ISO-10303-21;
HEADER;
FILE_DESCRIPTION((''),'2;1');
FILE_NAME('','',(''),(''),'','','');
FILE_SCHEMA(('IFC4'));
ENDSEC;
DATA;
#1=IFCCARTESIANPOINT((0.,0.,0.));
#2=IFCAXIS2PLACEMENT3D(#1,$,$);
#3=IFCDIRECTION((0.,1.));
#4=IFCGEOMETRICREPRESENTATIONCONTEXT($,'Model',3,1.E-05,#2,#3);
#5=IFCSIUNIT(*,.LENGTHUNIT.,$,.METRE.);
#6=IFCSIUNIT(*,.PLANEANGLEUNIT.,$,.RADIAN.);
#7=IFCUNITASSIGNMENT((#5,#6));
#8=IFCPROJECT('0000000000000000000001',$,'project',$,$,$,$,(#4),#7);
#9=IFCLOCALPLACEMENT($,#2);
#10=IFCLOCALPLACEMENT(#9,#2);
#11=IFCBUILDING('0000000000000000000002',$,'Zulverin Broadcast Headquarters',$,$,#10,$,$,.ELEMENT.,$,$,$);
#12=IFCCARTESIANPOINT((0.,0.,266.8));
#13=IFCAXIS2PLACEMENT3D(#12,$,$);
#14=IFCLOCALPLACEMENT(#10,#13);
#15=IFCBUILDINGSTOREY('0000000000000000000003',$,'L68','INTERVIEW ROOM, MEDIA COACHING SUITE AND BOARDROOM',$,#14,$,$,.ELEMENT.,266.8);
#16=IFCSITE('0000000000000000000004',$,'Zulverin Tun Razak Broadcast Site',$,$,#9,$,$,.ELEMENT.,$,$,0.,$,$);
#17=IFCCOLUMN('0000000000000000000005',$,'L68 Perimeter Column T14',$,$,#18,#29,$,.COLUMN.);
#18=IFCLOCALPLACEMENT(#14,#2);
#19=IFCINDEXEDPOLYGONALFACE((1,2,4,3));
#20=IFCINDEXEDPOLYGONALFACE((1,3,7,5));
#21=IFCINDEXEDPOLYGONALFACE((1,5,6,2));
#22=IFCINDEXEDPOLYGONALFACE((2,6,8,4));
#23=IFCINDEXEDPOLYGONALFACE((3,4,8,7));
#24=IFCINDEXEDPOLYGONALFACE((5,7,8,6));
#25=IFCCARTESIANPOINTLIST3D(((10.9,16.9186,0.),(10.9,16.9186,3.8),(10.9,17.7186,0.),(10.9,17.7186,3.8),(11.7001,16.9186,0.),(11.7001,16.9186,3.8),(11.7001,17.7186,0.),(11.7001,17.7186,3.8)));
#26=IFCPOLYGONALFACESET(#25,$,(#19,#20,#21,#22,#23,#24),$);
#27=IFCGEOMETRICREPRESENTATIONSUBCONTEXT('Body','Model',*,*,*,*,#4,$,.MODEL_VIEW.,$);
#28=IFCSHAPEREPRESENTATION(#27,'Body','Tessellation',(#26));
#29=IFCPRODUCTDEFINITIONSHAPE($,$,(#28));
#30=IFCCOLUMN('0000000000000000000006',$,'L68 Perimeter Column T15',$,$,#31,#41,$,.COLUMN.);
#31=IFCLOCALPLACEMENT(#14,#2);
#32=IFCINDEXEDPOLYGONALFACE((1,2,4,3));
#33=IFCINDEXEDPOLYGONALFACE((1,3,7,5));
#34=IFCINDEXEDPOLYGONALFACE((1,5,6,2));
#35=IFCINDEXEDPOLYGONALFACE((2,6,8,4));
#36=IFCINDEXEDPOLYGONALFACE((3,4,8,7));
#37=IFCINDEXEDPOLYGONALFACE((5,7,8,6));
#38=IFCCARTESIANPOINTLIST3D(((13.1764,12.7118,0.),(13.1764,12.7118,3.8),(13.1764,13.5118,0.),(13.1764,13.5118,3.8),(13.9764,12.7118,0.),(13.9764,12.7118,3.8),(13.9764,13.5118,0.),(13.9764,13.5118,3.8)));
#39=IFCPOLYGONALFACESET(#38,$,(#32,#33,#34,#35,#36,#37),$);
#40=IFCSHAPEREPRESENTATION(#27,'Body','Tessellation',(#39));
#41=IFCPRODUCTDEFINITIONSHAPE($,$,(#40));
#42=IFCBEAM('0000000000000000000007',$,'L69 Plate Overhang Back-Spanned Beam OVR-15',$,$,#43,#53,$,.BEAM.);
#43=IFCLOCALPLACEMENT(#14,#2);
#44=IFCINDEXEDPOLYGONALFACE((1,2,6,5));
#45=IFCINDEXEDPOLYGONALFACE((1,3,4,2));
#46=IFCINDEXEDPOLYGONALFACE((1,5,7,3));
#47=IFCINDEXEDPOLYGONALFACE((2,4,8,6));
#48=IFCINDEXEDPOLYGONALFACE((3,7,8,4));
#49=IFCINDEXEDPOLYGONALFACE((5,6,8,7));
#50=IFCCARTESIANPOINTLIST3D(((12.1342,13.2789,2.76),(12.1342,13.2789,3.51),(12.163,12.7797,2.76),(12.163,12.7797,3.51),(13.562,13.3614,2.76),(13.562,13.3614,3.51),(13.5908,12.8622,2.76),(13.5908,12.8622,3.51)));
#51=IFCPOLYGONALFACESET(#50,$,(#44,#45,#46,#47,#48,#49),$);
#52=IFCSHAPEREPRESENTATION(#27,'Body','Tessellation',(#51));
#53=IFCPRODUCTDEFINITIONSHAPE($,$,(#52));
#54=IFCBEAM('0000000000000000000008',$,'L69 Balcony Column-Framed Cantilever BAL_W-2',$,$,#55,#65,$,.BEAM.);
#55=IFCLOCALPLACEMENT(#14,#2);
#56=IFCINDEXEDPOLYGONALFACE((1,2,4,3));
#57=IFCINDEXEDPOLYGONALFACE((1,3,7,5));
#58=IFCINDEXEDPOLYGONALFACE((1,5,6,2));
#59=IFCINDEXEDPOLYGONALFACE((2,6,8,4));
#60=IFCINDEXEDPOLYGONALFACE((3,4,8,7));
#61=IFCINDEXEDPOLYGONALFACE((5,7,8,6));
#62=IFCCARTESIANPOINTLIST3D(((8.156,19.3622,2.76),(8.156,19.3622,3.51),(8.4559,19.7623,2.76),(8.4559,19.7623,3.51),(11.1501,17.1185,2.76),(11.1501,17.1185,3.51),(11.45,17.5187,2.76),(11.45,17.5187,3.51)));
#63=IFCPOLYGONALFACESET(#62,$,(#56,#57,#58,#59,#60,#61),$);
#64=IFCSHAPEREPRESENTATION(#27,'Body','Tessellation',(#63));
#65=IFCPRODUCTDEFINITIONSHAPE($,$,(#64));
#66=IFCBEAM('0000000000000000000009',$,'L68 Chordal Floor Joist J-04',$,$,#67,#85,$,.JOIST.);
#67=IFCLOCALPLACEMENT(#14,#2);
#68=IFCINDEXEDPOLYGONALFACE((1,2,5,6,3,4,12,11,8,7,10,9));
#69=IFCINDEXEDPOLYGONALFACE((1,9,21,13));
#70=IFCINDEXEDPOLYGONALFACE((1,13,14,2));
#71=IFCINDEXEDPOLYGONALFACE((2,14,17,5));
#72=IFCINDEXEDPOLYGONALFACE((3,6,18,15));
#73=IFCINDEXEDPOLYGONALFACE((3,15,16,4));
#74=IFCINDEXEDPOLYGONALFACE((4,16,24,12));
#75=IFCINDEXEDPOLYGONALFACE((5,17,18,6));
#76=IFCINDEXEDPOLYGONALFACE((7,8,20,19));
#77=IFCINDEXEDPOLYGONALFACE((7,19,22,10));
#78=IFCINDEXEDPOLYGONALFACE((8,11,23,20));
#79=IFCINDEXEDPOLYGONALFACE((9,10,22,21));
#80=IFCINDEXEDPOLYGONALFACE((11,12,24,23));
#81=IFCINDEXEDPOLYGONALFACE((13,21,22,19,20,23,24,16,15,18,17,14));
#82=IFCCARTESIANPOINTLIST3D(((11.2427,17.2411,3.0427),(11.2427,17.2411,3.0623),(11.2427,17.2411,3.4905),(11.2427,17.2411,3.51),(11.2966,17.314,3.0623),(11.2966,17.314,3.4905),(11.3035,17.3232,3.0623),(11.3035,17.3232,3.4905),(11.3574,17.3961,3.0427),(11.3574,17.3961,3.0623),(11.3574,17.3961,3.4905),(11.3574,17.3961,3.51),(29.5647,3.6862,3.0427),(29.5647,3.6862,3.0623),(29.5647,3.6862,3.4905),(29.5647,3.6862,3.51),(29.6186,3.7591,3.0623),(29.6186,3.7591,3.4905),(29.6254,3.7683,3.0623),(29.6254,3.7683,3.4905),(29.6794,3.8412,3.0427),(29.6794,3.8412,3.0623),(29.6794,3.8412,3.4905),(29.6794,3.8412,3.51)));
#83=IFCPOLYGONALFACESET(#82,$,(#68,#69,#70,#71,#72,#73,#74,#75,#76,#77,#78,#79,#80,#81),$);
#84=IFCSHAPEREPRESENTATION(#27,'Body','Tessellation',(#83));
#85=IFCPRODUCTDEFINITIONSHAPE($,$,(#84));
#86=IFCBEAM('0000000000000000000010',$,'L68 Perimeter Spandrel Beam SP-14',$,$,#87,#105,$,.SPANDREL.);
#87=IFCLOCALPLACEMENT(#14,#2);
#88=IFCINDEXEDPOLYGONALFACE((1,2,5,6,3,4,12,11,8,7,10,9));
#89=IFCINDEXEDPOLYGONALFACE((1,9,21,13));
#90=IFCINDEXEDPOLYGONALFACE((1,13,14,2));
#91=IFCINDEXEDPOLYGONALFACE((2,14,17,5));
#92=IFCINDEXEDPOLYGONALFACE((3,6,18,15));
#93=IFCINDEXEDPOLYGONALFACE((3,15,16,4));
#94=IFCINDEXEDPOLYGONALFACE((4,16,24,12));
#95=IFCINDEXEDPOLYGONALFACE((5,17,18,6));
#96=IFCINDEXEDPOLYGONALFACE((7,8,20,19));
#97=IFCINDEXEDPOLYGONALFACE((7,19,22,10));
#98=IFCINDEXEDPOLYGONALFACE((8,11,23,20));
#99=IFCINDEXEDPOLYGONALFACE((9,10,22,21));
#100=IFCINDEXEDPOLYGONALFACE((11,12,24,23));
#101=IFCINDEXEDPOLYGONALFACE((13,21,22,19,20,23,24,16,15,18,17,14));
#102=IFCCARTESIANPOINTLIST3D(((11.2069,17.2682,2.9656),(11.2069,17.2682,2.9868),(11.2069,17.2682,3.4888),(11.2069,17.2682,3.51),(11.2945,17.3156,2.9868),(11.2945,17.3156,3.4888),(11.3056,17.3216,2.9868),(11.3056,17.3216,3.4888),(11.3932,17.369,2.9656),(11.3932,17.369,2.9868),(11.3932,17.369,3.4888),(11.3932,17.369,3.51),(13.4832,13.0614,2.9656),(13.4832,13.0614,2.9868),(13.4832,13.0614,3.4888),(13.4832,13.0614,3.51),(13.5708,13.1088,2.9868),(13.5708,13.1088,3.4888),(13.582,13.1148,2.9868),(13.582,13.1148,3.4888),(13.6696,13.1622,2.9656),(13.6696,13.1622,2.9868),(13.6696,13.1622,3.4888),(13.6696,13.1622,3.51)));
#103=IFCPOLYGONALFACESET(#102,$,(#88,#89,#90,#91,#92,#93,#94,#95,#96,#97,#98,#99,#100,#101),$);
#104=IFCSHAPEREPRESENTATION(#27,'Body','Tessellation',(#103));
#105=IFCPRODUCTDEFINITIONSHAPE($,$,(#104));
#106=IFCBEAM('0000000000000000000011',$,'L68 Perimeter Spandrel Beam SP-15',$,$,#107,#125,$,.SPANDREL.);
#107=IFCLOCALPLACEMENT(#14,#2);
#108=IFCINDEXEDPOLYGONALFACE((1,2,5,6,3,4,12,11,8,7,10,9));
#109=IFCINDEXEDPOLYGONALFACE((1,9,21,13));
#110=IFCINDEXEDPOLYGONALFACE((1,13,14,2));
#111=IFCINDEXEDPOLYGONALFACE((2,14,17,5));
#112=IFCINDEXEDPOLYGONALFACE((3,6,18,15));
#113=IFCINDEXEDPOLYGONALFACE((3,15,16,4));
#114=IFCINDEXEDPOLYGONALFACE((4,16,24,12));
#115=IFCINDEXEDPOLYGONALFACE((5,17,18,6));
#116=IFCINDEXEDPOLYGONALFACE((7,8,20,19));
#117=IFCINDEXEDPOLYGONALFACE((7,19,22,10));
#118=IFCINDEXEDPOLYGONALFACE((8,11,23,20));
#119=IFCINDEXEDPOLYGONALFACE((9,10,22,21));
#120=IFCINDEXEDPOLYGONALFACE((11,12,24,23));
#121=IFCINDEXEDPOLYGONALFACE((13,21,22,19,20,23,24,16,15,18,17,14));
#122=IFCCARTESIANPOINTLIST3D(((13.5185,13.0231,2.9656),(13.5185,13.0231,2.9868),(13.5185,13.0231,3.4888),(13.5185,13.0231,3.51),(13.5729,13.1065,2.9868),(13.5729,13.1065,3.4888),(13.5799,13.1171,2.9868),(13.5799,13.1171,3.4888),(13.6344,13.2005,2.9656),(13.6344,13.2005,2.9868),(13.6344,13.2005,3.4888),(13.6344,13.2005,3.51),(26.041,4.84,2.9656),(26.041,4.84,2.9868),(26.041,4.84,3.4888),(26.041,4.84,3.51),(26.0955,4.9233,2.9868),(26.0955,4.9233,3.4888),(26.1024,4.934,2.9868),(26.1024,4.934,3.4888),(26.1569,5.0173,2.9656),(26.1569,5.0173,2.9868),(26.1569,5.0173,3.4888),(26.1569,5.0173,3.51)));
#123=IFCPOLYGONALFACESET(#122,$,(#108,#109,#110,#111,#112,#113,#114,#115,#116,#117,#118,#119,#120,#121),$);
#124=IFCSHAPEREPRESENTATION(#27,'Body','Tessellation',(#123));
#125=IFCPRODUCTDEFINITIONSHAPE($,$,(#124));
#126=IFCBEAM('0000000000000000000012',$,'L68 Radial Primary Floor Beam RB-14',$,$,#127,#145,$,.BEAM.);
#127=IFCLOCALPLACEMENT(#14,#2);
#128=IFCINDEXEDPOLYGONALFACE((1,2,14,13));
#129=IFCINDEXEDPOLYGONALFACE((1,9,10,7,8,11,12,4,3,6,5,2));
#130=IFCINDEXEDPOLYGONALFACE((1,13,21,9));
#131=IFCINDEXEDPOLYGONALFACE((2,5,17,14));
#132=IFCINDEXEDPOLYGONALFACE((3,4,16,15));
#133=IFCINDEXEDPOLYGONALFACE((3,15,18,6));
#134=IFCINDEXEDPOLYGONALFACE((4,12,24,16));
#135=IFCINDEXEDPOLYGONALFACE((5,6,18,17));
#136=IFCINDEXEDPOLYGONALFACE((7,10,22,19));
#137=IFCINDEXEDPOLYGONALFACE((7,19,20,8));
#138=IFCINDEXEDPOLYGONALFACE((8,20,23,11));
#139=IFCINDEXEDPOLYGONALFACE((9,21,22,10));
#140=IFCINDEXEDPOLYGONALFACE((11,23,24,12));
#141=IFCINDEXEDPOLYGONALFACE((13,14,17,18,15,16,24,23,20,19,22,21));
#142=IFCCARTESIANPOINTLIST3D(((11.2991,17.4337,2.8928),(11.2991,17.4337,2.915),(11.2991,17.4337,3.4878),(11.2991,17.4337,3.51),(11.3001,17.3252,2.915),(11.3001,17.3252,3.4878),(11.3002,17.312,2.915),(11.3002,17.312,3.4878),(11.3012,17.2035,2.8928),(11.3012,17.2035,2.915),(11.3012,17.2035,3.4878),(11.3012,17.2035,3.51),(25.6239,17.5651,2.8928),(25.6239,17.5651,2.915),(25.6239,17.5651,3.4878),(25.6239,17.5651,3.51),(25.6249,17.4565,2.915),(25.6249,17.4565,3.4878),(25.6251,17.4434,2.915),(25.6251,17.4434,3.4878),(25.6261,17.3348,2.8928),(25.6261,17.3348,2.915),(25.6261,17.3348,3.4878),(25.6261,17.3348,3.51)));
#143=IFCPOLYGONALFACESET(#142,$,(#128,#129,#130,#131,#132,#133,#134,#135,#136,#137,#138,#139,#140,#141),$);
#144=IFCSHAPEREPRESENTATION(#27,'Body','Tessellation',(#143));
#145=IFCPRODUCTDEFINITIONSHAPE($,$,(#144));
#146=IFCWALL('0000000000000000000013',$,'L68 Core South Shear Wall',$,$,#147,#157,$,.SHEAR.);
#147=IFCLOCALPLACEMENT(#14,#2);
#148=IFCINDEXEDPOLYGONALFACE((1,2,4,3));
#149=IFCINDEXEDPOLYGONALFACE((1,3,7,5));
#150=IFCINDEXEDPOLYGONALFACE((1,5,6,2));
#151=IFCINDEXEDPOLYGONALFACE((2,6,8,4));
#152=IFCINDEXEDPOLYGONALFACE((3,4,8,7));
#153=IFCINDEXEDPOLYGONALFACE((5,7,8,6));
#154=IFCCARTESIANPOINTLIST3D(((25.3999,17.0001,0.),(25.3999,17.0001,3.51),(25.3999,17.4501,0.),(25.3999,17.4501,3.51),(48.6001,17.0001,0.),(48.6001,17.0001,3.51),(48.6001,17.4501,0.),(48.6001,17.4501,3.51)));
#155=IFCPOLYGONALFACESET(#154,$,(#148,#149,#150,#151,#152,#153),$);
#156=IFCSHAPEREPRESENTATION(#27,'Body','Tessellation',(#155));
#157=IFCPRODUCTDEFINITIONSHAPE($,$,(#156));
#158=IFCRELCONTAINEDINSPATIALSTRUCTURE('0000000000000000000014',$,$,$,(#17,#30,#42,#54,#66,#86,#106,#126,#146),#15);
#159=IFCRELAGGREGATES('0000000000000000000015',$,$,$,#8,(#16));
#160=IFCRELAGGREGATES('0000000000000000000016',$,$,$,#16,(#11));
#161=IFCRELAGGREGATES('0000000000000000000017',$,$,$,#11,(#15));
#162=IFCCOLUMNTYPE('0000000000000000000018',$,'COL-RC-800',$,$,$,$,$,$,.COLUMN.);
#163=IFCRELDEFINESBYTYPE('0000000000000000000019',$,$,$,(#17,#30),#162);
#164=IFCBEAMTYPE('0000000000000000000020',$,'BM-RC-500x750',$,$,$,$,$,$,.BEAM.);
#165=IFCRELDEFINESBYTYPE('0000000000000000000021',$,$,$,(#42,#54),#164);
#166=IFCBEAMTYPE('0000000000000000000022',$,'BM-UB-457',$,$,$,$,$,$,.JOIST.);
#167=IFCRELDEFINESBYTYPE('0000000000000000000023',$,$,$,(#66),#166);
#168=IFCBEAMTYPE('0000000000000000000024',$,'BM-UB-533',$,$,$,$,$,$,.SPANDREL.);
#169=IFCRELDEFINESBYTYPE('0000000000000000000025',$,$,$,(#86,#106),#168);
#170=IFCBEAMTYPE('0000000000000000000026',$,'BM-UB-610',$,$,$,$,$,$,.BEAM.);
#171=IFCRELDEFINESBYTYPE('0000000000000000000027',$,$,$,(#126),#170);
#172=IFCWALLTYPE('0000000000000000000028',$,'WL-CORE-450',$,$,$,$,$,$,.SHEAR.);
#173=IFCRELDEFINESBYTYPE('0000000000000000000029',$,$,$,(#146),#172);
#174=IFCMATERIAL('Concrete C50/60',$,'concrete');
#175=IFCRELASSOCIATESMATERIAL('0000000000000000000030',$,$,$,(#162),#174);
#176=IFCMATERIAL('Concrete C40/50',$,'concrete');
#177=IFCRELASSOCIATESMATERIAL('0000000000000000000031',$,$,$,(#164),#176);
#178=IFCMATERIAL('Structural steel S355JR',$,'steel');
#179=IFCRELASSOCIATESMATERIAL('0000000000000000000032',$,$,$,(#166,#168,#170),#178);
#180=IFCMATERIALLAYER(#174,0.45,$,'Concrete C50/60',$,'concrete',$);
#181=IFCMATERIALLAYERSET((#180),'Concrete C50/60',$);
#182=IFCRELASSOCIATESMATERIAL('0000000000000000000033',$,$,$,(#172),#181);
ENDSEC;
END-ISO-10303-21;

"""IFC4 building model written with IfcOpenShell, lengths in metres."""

from ifc_helpers import new_model, si_unit, direction, frame, frame_2d, origin, origin_2d, place, context, subcontext, project, spatial, rectangle, i_section, extrude, material, layer, layer_set, material_profile, profile_set, type_object, element, save


model = new_model("IFC4")

# Units and contexts
model_context = context("Model", 3, precision=1e-05, world=origin(), true_north=direction((0.0, 1.0)))
body_context = subcontext(model_context, "Body", "Model", "MODEL_VIEW")
ifc_project = project(units=[si_unit("LENGTHUNIT", "METRE"), si_unit("PLANEANGLEUNIT", "RADIAN")], contexts=[model_context])

# Site, building, storey
site_placement = place(None, origin())
site = spatial("IfcSite", under=ifc_project, at=site_placement, Name="Zulverin Tun Razak Broadcast Site", CompositionType="ELEMENT", RefElevation=0.0)
building_placement = place(site_placement, origin())
building = spatial("IfcBuilding", under=site, at=building_placement, Name="Zulverin Broadcast Headquarters", CompositionType="ELEMENT")
storey_placement = place(building_placement, frame((0.0, 0.0, 266.8)))
storey = spatial("IfcBuildingStorey", under=building, at=storey_placement, Name="L68", Description="INTERVIEW ROOM, MEDIA COACHING SUITE AND BOARDROOM", CompositionType="ELEMENT", Elevation=266.8)

# Columns
ifc_material_1 = material(Name="Concrete C50/60", Category="concrete")
ifc_material_profile_1 = material_profile(ifc_material_1, rectangle(XDim=0.8, YDim=0.8, at=origin_2d()), Name="Concrete C50/60", Category="concrete")
ifc_profile_set_1 = profile_set([ifc_material_profile_1], Name="Concrete C50/60")
column_type = type_object("IfcColumnType", Name="COL-RC-800", PredefinedType="COLUMN", material=ifc_profile_set_1)
for number, where, z_axis, x_axis, name in (
    (1, (11.3, 17.3186, 0.0), (0.0, 0.0, 1.0), (1.0, 0.0, 0.0), "L68 Perimeter Column T14"),
    (2, (13.5764, 13.1118, 0.0), (0.0, 0.0, 1.0), (1.0, 0.0, 0.0), "L68 Perimeter Column T15"),
):
    element("IfcColumn", number, at=place(storey_placement, frame(where, z_axis=z_axis, x_axis=x_axis)), inside=storey, type_object=column_type, Name=name, PredefinedType="COLUMN", context=body_context, shape_type="SweptSolid", body=[
        extrude(rectangle(XDim=0.8, YDim=0.8, at=origin_2d()), origin(), (0.0, 0.0, 1.0), 3.8),
    ])

# Beams
ifc_material_2 = material(Name="Concrete C40/50", Category="concrete")
ifc_material_profile_2 = material_profile(ifc_material_2, rectangle(XDim=0.5, YDim=0.75, at=origin_2d()), Name="Concrete C40/50", Category="concrete")
ifc_profile_set_2 = profile_set([ifc_material_profile_2], Name="Concrete C40/50")
beam_type_1 = type_object("IfcBeamType", Name="BM-RC-500x750", PredefinedType="BEAM", material=ifc_profile_set_2)
beam_1_placement = place(storey_placement, frame((13.5764, 13.1118, 3.135), z_axis=(-0.998334, -0.057701, 0.0), x_axis=(0.057701, -0.998334, 0.0)))
element("IfcBeam", 3, at=beam_1_placement, inside=storey, type_object=beam_type_1, Name="L69 Plate Overhang Back-Spanned Beam OVR-15", PredefinedType="BEAM", context=body_context, shape_type="SweptSolid", body=[
    extrude(rectangle(XDim=0.5, YDim=0.75, at=origin_2d()), origin(), (0.0, 0.0, 1.0), 1.4302),
])
beam_2_placement = place(storey_placement, frame((11.3, 17.3186, 3.135), z_axis=(-0.80025, 0.599666, 0.0), x_axis=(-0.599666, -0.80025, 0.0)))
element("IfcBeam", 4, at=beam_2_placement, inside=storey, type_object=beam_type_1, Name="L69 Balcony Column-Framed Cantilever BAL_W-2", PredefinedType="BEAM", context=body_context, shape_type="SweptSolid", body=[
    extrude(rectangle(XDim=0.5, YDim=0.75, at=origin_2d()), origin(), (0.0, 0.0, 1.0), 3.7415),
])
ifc_material_3 = material(Name="Structural steel S355JR", Category="steel")
ifc_material_profile_3 = material_profile(ifc_material_3, i_section(OverallWidth=0.1929, OverallDepth=0.4673, WebThickness=0.0115, FlangeThickness=0.0195, at=origin_2d()), Name="Structural steel S355JR", Category="steel")
ifc_profile_set_3 = profile_set([ifc_material_profile_3], Name="Structural steel S355JR")
beam_type_2 = type_object("IfcBeamType", Name="BM-UB-457", PredefinedType="JOIST", material=ifc_profile_set_3)
beam_3_placement = place(storey_placement, frame((11.3, 17.3186, 3.2764), z_axis=(0.803912, -0.594748, 0.0), x_axis=(0.594748, 0.803912, 0.0)))
element("IfcBeam", 5, at=beam_3_placement, inside=storey, type_object=beam_type_2, Name="L68 Chordal Floor Joist J-04", PredefinedType="JOIST", context=body_context, shape_type="SweptSolid", body=[
    extrude(i_section(OverallWidth=0.1929, OverallDepth=0.4673, WebThickness=0.0115, FlangeThickness=0.0195, at=origin_2d()), origin(), (0.0, 0.0, 1.0), 22.791),
])
ifc_material_profile_4 = material_profile(ifc_material_3, i_section(OverallWidth=0.2119, OverallDepth=0.5444, WebThickness=0.0127, FlangeThickness=0.0212, at=origin_2d()), Name="Structural steel S355JR", Category="steel")
ifc_profile_set_4 = profile_set([ifc_material_profile_4], Name="Structural steel S355JR")
beam_type_3 = type_object("IfcBeamType", Name="BM-UB-533", PredefinedType="SPANDREL", material=ifc_profile_set_4)
beam_4_placement = place(storey_placement, frame((11.3, 17.3186, 3.2378), z_axis=(0.47591, -0.879494, 0.0), x_axis=(0.879494, 0.47591, 0.0)))
element("IfcBeam", 6, at=beam_4_placement, inside=storey, type_object=beam_type_3, Name="L68 Perimeter Spandrel Beam SP-14", PredefinedType="SPANDREL", context=body_context, shape_type="SweptSolid", body=[
    extrude(i_section(OverallWidth=0.2119, OverallDepth=0.5444, WebThickness=0.0127, FlangeThickness=0.0212, at=origin_2d()), origin(), (0.0, 0.0, 1.0), 4.7832),
])
beam_5_placement = place(storey_placement, frame((13.5764, 13.1118, 3.2378), z_axis=(0.837112, -0.547031, 0.0), x_axis=(0.547031, 0.837112, 0.0)))
element("IfcBeam", 7, at=beam_5_placement, inside=storey, type_object=beam_type_3, Name="L68 Perimeter Spandrel Beam SP-15", PredefinedType="SPANDREL", context=body_context, shape_type="SweptSolid", body=[
    extrude(i_section(OverallWidth=0.2119, OverallDepth=0.5444, WebThickness=0.0127, FlangeThickness=0.0212, at=origin_2d()), origin(), (0.0, 0.0, 1.0), 14.9592),
])
ifc_material_profile_5 = material_profile(ifc_material_3, i_section(OverallWidth=0.2302, OverallDepth=0.6172, WebThickness=0.0132, FlangeThickness=0.0222, at=origin_2d()), Name="Structural steel S355JR", Category="steel")
ifc_profile_set_5 = profile_set([ifc_material_profile_5], Name="Structural steel S355JR")
beam_type_4 = type_object("IfcBeamType", Name="BM-UB-610", PredefinedType="BEAM", material=ifc_profile_set_5)
beam_6_placement = place(storey_placement, frame((25.625, 17.45, 3.2014), z_axis=(-0.999958, -0.009169, 0.0), x_axis=(0.009169, -0.999958, 0.0)))
element("IfcBeam", 8, at=beam_6_placement, inside=storey, type_object=beam_type_4, Name="L68 Radial Primary Floor Beam RB-14", PredefinedType="BEAM", context=body_context, shape_type="SweptSolid", body=[
    extrude(i_section(OverallWidth=0.2302, OverallDepth=0.6172, WebThickness=0.0132, FlangeThickness=0.0222, at=origin_2d()), origin(), (0.0, 0.0, 1.0), 14.3254),
])

# Wall
ifc_layer_1 = layer(ifc_material_1, 0.45, Name="Concrete C50/60", Category="concrete")
ifc_layer_set_1 = layer_set([ifc_layer_1], Name="Concrete C50/60")
wall_type_1 = type_object("IfcWallType", Name="WL-CORE-450", PredefinedType="SHEAR", material=ifc_layer_set_1)
wall_1_placement = place(storey_placement, frame((25.3999, 17.2251, 0.0), z_axis=(0.0, 0.0, 1.0), x_axis=(1.0, 0.0, 0.0)))
element("IfcWall", 9, at=wall_1_placement, inside=storey, type_object=wall_type_1, Name="L68 Core South Shear Wall", PredefinedType="SHEAR", context=body_context, shape_type="SweptSolid", body=[
    extrude(rectangle(XDim=23.2002, YDim=0.45, at=frame_2d((11.6001, 0.0))), origin(), (0.0, 0.0, 1.0), 3.51),
])

save(model, "model.ifc")
